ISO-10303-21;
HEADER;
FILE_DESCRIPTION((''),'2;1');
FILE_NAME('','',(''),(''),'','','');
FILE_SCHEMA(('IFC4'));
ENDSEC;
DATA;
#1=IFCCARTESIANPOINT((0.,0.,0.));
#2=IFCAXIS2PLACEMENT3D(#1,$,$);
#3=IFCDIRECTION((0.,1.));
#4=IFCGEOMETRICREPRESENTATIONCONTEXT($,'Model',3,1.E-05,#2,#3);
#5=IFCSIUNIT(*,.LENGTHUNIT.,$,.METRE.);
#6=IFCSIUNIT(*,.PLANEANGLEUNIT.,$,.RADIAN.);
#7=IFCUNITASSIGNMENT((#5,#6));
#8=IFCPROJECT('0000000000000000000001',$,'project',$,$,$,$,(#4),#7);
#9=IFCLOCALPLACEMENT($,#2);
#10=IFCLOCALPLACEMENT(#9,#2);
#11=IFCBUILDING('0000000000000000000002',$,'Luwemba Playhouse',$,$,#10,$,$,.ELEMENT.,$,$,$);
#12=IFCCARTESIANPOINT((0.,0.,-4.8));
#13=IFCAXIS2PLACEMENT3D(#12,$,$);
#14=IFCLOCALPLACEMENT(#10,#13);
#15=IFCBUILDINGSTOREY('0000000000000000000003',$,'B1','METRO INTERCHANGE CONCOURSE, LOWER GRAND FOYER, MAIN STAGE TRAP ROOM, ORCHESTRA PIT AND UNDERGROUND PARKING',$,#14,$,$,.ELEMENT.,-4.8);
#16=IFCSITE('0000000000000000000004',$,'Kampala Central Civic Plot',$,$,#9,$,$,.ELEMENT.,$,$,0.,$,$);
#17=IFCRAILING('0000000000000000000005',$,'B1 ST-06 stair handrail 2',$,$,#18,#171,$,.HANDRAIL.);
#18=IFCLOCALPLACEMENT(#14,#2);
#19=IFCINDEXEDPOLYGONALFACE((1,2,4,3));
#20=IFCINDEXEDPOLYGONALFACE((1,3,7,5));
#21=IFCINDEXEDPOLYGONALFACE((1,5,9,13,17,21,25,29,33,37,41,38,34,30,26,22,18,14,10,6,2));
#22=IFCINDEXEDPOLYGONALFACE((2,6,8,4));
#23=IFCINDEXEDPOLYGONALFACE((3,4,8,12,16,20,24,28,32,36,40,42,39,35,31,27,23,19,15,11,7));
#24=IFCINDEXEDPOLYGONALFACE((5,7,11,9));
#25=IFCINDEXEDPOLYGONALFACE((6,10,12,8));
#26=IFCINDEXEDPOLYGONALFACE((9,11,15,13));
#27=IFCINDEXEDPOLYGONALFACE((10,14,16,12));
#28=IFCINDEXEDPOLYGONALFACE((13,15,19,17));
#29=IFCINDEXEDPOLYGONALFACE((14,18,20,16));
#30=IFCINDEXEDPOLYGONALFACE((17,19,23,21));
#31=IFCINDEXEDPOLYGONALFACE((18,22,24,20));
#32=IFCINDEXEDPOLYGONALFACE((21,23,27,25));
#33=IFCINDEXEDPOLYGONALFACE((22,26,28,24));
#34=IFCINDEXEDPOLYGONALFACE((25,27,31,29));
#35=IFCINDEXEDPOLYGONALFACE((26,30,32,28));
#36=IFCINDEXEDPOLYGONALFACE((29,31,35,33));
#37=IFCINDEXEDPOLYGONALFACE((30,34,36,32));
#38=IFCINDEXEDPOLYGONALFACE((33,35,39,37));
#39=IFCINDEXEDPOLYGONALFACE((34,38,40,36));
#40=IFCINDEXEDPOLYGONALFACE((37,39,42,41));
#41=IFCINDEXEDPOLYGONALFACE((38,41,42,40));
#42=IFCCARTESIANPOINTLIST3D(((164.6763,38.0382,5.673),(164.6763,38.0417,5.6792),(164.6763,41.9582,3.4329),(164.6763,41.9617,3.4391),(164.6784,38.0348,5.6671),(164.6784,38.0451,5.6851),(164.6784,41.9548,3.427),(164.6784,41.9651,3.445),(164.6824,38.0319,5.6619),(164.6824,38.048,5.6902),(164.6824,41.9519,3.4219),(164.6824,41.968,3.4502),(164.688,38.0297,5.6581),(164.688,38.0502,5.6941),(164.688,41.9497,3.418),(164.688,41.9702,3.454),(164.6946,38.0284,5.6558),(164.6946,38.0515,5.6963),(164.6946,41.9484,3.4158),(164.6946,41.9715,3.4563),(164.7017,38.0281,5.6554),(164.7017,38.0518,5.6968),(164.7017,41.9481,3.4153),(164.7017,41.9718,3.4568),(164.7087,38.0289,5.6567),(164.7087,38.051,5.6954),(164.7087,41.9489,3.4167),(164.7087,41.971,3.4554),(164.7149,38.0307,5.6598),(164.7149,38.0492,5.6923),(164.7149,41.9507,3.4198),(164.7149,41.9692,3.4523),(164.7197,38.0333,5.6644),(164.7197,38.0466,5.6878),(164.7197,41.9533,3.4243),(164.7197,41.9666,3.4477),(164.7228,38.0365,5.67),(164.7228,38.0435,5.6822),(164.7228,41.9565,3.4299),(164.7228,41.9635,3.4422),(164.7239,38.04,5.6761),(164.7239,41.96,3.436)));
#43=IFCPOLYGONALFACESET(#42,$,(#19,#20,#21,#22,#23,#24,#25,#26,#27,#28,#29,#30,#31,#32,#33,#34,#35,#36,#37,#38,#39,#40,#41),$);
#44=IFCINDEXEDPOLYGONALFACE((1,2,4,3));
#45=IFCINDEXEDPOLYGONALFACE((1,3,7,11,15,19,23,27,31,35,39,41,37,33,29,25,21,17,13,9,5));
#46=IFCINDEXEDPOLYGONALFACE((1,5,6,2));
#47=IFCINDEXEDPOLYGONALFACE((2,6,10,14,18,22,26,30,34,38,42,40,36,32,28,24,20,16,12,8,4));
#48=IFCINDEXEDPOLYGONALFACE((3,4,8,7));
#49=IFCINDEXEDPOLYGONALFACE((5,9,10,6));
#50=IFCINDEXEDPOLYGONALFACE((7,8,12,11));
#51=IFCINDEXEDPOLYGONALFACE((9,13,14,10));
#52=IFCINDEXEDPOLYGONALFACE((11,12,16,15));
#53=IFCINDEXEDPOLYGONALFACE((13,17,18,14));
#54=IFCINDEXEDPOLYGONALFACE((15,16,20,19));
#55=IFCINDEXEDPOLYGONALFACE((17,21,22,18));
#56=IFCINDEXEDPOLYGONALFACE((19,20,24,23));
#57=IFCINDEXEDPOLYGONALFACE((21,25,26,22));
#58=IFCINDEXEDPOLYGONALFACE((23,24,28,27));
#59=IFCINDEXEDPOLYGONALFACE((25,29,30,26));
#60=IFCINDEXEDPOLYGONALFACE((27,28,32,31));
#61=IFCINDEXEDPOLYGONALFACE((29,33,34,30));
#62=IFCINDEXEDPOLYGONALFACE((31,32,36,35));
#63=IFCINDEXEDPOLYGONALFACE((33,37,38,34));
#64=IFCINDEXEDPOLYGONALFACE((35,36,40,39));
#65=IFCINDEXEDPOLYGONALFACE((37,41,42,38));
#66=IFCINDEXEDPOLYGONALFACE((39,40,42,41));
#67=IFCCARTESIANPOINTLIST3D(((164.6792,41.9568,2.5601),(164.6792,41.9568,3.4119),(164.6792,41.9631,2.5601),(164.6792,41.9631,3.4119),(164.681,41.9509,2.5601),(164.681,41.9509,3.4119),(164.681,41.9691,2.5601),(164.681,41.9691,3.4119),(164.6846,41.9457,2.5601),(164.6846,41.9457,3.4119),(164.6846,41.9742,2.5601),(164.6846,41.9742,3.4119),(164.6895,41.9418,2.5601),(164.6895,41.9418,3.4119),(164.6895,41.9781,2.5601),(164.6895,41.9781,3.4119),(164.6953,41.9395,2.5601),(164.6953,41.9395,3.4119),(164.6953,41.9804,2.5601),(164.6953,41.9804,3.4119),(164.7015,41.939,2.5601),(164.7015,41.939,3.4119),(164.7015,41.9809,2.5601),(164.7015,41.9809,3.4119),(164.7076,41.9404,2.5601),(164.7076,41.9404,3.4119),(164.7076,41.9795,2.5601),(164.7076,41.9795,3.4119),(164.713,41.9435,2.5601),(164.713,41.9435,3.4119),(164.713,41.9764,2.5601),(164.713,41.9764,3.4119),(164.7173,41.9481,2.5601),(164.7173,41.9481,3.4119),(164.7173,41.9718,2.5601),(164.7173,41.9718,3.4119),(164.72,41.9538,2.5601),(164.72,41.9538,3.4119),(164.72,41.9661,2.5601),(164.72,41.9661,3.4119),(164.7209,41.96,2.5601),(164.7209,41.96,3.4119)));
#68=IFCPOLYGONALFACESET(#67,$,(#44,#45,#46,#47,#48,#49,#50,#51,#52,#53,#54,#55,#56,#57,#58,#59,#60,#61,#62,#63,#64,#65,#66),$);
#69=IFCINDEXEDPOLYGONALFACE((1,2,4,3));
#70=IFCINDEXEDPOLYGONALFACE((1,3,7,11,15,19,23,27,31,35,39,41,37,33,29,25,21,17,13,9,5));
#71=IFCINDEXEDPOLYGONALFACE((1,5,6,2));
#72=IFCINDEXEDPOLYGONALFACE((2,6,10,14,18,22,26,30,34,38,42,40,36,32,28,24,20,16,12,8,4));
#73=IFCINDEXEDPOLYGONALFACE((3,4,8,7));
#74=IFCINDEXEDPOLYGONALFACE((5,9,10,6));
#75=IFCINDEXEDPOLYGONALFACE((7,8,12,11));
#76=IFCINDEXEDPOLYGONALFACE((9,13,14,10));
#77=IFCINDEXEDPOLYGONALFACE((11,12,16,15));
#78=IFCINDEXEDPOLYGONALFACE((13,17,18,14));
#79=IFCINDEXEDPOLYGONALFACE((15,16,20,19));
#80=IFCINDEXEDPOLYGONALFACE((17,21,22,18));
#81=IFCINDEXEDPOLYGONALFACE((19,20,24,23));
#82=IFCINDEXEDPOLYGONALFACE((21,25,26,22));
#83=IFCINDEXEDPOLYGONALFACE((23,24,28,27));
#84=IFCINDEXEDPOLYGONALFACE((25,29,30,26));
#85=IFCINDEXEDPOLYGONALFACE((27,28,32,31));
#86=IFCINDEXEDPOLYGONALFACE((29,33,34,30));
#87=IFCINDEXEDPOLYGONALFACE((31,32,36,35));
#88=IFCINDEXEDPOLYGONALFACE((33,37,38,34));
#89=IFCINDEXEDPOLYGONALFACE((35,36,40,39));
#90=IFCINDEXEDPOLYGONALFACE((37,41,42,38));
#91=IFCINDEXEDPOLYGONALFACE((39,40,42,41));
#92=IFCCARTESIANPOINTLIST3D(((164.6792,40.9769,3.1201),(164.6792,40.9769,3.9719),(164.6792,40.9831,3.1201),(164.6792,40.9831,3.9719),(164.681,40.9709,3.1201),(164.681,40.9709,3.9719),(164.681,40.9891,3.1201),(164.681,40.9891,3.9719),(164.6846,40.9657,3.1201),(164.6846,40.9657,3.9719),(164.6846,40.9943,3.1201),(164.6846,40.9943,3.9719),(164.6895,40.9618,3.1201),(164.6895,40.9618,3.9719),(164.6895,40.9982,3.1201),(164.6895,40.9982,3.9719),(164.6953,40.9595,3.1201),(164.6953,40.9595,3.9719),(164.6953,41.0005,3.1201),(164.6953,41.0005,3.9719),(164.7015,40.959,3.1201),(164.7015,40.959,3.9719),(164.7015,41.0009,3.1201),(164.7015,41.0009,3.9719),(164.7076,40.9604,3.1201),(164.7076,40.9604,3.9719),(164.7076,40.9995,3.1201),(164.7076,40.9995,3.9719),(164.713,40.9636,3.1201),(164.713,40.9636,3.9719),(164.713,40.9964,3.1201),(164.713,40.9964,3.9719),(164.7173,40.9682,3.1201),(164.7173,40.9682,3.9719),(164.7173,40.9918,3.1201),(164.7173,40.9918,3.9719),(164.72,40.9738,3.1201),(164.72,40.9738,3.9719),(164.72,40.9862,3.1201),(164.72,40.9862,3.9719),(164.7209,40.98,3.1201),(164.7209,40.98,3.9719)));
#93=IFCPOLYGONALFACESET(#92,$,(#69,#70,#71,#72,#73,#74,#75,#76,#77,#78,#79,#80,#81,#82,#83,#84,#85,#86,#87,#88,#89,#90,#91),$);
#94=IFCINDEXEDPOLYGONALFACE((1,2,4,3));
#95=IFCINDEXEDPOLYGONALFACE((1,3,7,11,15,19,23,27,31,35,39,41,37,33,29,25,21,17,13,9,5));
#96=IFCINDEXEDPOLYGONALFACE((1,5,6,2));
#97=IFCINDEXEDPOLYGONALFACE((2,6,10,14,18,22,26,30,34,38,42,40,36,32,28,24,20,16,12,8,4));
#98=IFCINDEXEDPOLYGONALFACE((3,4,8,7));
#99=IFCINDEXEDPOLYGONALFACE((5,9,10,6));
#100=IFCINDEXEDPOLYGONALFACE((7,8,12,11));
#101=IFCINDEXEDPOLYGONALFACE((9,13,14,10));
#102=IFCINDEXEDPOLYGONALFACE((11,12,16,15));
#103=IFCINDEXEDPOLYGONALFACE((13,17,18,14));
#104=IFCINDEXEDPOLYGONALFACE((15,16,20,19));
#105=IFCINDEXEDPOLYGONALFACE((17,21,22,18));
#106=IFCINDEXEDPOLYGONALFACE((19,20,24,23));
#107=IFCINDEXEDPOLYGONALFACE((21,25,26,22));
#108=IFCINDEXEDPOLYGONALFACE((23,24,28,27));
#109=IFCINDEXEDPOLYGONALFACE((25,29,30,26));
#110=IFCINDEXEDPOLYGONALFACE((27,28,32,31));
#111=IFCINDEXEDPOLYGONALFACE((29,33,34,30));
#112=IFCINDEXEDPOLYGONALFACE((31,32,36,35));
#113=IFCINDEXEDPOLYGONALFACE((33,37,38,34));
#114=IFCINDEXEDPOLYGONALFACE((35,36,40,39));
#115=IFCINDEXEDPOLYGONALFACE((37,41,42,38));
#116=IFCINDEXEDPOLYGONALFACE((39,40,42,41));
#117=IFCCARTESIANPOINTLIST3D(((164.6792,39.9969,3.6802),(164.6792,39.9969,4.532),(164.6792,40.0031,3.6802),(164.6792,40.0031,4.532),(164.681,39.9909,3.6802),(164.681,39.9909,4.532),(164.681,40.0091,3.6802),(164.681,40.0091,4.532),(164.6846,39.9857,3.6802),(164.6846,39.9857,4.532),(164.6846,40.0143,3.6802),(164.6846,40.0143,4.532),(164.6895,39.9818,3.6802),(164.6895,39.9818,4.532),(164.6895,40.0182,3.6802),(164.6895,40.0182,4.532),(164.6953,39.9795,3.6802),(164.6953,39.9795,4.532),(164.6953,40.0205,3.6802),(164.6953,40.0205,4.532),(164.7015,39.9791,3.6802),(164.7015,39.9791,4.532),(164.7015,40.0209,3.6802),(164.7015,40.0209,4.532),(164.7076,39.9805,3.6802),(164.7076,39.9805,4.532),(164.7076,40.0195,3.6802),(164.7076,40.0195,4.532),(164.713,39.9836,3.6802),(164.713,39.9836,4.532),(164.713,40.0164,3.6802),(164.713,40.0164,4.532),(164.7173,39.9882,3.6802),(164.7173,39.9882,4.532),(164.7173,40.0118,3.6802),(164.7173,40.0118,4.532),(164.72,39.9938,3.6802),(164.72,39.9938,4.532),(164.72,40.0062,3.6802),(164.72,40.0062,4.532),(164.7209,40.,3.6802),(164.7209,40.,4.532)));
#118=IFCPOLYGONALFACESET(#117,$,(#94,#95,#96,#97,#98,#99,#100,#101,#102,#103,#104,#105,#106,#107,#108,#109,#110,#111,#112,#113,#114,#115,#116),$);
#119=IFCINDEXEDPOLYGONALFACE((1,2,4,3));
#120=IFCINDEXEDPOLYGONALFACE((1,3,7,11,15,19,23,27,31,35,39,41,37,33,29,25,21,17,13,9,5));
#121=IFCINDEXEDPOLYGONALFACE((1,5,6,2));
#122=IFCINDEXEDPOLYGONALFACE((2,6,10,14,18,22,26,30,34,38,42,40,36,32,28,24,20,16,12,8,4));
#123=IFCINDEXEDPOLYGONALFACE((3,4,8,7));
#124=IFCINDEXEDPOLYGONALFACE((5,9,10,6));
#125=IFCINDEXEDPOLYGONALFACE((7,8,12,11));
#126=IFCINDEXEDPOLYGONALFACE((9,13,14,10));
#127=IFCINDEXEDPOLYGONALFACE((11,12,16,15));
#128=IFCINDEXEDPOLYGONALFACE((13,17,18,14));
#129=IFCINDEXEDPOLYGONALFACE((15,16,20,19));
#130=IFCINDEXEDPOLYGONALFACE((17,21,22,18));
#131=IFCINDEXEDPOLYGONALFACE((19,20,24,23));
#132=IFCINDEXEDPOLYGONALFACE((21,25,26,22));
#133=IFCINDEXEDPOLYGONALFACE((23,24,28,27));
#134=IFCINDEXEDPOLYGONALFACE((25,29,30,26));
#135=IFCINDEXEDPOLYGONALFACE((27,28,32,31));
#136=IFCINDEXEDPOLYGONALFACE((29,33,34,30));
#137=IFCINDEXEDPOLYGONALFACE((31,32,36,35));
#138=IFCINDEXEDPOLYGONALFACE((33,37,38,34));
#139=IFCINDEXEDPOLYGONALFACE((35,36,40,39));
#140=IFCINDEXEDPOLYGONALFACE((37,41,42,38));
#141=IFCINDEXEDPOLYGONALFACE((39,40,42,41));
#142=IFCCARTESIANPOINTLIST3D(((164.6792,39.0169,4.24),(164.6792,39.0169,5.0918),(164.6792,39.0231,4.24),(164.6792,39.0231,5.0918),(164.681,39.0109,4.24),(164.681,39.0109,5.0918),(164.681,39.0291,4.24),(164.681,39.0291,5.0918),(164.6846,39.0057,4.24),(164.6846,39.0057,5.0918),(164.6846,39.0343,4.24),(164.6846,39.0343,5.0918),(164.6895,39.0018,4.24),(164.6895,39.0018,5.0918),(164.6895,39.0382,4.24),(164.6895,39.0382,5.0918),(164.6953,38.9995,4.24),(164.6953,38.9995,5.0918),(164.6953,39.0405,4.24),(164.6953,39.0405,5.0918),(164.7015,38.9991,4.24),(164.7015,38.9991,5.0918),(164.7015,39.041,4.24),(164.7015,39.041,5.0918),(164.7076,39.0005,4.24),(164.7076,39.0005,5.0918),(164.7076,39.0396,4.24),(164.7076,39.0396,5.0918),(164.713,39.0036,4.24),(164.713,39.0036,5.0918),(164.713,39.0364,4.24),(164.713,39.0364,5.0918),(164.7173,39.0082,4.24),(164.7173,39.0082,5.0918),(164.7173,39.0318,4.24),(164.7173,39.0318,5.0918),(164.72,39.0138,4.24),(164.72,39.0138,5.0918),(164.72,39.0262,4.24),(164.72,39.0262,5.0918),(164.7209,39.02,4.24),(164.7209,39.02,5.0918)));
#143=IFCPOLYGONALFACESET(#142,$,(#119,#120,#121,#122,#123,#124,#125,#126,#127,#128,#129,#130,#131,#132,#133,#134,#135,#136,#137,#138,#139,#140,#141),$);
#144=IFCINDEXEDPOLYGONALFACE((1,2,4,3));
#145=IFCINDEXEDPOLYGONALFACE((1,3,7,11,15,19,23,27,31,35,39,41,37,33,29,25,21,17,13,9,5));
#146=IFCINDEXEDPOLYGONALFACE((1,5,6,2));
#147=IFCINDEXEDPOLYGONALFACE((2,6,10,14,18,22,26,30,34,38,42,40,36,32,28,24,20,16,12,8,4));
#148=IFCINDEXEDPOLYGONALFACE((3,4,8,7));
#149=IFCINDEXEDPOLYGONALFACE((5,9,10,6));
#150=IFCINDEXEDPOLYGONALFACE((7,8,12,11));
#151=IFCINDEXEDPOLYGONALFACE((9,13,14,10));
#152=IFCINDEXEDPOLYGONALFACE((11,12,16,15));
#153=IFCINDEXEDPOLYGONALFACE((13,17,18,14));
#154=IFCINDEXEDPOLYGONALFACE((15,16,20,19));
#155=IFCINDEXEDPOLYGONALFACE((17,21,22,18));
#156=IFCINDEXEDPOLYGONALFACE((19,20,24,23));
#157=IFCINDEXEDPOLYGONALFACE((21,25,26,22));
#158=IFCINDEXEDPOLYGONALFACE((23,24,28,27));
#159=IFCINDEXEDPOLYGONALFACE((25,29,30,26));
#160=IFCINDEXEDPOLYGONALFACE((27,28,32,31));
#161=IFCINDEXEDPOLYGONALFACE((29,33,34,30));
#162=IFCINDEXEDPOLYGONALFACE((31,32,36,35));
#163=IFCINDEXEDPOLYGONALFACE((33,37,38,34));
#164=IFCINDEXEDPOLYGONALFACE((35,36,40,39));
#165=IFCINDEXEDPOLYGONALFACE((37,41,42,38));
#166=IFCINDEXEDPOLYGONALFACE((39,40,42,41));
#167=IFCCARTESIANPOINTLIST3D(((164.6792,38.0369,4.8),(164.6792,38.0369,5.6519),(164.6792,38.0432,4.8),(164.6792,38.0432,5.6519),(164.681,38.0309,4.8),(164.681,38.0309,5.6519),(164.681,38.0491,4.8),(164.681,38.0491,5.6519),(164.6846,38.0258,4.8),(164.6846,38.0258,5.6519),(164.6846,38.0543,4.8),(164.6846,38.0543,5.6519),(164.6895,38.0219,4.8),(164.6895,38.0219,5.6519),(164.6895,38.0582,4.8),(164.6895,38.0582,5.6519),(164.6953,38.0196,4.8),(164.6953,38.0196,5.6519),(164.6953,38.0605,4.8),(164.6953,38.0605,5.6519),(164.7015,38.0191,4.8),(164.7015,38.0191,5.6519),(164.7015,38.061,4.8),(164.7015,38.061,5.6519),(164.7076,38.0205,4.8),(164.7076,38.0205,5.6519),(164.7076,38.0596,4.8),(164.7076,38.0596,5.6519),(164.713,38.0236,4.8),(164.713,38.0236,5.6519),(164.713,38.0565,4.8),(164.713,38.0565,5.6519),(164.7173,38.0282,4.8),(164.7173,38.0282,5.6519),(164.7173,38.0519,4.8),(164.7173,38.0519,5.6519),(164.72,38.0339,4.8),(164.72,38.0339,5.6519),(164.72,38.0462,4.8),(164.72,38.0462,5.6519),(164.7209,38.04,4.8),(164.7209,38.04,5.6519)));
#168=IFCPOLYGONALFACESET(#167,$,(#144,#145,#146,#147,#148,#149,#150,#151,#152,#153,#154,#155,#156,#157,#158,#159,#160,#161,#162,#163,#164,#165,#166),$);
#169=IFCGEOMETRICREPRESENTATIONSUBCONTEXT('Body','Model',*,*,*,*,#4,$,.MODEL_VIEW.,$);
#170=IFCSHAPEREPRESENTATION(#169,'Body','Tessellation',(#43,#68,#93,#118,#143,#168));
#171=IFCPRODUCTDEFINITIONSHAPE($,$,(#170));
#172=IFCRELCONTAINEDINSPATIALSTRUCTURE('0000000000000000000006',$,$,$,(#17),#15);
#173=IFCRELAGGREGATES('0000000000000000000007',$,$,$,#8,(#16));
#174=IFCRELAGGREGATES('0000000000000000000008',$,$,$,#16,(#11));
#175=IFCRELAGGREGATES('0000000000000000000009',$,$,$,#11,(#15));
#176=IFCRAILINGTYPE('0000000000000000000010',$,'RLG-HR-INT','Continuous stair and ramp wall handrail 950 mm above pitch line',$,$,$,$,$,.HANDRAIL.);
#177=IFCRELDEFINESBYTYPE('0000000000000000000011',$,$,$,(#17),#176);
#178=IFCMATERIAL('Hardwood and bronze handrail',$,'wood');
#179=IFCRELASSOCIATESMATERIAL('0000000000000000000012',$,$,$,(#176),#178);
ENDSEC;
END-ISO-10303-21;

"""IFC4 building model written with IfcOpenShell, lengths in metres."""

from ifc_helpers import new_model, si_unit, direction, frame, origin, origin_2d, place, context, subcontext, project, spatial, circle, extrude, material, type_object, element, save


model = new_model("IFC4")

# Units and contexts
model_context = context("Model", 3, precision=1e-05, world=origin(), true_north=direction((0.0, 1.0)))
body_context = subcontext(model_context, "Body", "Model", "MODEL_VIEW")
ifc_project = project(units=[si_unit("LENGTHUNIT", "METRE"), si_unit("PLANEANGLEUNIT", "RADIAN")], contexts=[model_context])

# Site, building, storey
site_placement = place(None, origin())
site = spatial("IfcSite", under=ifc_project, at=site_placement, Name="Kampala Central Civic Plot", CompositionType="ELEMENT", RefElevation=0.0)
building_placement = place(site_placement, origin())
building = spatial("IfcBuilding", under=site, at=building_placement, Name="Luwemba Playhouse", CompositionType="ELEMENT")
storey_placement = place(building_placement, frame((0.0, 0.0, -4.8)))
storey = spatial("IfcBuildingStorey", under=building, at=storey_placement, Name="B1", Description="METRO INTERCHANGE CONCOURSE, LOWER GRAND FOYER, MAIN STAGE TRAP ROOM, ORCHESTRA PIT AND UNDERGROUND PARKING", CompositionType="ELEMENT", Elevation=-4.8)

# Railing
ifc_material_1 = material(Name="Hardwood and bronze handrail", Category="wood")
railing_type_1 = type_object("IfcRailingType", Name="RLG-HR-INT", Description="Continuous stair and ramp wall handrail 950 mm above pitch line", PredefinedType="HANDRAIL", material=ifc_material_1)
railing_1_placement = place(storey_placement, frame((164.7, 41.96, 2.5601)))
element("IfcRailing", 1, at=railing_1_placement, inside=storey, type_object=railing_type_1, Name="B1 ST-06 stair handrail 2", PredefinedType="HANDRAIL", context=body_context, shape_type="SweptSolid", body=[
    extrude(circle(Radius=0.0239, at=origin_2d()), frame((0.0, 0.0, 0.876), z_axis=(0.0, -0.86824, 0.496145), x_axis=(1.0, 0.0, 0.0)), (0.0, 0.0, 1.0), 4.5149),
    extrude(circle(Radius=0.021, at=origin_2d()), origin(), (0.0, 0.0, 1.0), 0.8518),
    extrude(circle(Radius=0.021, at=origin_2d()), frame((0.0, -0.98, 0.5601)), (0.0, 0.0, 1.0), 0.8518),
    extrude(circle(Radius=0.021, at=origin_2d()), frame((0.0, -1.96, 1.1201)), (0.0, 0.0, 1.0), 0.8518),
    extrude(circle(Radius=0.021, at=origin_2d()), frame((0.0, -2.9399, 1.6799)), (0.0, 0.0, 1.0), 0.8518),
    extrude(circle(Radius=0.021, at=origin_2d()), frame((0.0, -3.9199, 2.24)), (0.0, 0.0, 1.0), 0.8518),
])

save(model, "model.ifc")
